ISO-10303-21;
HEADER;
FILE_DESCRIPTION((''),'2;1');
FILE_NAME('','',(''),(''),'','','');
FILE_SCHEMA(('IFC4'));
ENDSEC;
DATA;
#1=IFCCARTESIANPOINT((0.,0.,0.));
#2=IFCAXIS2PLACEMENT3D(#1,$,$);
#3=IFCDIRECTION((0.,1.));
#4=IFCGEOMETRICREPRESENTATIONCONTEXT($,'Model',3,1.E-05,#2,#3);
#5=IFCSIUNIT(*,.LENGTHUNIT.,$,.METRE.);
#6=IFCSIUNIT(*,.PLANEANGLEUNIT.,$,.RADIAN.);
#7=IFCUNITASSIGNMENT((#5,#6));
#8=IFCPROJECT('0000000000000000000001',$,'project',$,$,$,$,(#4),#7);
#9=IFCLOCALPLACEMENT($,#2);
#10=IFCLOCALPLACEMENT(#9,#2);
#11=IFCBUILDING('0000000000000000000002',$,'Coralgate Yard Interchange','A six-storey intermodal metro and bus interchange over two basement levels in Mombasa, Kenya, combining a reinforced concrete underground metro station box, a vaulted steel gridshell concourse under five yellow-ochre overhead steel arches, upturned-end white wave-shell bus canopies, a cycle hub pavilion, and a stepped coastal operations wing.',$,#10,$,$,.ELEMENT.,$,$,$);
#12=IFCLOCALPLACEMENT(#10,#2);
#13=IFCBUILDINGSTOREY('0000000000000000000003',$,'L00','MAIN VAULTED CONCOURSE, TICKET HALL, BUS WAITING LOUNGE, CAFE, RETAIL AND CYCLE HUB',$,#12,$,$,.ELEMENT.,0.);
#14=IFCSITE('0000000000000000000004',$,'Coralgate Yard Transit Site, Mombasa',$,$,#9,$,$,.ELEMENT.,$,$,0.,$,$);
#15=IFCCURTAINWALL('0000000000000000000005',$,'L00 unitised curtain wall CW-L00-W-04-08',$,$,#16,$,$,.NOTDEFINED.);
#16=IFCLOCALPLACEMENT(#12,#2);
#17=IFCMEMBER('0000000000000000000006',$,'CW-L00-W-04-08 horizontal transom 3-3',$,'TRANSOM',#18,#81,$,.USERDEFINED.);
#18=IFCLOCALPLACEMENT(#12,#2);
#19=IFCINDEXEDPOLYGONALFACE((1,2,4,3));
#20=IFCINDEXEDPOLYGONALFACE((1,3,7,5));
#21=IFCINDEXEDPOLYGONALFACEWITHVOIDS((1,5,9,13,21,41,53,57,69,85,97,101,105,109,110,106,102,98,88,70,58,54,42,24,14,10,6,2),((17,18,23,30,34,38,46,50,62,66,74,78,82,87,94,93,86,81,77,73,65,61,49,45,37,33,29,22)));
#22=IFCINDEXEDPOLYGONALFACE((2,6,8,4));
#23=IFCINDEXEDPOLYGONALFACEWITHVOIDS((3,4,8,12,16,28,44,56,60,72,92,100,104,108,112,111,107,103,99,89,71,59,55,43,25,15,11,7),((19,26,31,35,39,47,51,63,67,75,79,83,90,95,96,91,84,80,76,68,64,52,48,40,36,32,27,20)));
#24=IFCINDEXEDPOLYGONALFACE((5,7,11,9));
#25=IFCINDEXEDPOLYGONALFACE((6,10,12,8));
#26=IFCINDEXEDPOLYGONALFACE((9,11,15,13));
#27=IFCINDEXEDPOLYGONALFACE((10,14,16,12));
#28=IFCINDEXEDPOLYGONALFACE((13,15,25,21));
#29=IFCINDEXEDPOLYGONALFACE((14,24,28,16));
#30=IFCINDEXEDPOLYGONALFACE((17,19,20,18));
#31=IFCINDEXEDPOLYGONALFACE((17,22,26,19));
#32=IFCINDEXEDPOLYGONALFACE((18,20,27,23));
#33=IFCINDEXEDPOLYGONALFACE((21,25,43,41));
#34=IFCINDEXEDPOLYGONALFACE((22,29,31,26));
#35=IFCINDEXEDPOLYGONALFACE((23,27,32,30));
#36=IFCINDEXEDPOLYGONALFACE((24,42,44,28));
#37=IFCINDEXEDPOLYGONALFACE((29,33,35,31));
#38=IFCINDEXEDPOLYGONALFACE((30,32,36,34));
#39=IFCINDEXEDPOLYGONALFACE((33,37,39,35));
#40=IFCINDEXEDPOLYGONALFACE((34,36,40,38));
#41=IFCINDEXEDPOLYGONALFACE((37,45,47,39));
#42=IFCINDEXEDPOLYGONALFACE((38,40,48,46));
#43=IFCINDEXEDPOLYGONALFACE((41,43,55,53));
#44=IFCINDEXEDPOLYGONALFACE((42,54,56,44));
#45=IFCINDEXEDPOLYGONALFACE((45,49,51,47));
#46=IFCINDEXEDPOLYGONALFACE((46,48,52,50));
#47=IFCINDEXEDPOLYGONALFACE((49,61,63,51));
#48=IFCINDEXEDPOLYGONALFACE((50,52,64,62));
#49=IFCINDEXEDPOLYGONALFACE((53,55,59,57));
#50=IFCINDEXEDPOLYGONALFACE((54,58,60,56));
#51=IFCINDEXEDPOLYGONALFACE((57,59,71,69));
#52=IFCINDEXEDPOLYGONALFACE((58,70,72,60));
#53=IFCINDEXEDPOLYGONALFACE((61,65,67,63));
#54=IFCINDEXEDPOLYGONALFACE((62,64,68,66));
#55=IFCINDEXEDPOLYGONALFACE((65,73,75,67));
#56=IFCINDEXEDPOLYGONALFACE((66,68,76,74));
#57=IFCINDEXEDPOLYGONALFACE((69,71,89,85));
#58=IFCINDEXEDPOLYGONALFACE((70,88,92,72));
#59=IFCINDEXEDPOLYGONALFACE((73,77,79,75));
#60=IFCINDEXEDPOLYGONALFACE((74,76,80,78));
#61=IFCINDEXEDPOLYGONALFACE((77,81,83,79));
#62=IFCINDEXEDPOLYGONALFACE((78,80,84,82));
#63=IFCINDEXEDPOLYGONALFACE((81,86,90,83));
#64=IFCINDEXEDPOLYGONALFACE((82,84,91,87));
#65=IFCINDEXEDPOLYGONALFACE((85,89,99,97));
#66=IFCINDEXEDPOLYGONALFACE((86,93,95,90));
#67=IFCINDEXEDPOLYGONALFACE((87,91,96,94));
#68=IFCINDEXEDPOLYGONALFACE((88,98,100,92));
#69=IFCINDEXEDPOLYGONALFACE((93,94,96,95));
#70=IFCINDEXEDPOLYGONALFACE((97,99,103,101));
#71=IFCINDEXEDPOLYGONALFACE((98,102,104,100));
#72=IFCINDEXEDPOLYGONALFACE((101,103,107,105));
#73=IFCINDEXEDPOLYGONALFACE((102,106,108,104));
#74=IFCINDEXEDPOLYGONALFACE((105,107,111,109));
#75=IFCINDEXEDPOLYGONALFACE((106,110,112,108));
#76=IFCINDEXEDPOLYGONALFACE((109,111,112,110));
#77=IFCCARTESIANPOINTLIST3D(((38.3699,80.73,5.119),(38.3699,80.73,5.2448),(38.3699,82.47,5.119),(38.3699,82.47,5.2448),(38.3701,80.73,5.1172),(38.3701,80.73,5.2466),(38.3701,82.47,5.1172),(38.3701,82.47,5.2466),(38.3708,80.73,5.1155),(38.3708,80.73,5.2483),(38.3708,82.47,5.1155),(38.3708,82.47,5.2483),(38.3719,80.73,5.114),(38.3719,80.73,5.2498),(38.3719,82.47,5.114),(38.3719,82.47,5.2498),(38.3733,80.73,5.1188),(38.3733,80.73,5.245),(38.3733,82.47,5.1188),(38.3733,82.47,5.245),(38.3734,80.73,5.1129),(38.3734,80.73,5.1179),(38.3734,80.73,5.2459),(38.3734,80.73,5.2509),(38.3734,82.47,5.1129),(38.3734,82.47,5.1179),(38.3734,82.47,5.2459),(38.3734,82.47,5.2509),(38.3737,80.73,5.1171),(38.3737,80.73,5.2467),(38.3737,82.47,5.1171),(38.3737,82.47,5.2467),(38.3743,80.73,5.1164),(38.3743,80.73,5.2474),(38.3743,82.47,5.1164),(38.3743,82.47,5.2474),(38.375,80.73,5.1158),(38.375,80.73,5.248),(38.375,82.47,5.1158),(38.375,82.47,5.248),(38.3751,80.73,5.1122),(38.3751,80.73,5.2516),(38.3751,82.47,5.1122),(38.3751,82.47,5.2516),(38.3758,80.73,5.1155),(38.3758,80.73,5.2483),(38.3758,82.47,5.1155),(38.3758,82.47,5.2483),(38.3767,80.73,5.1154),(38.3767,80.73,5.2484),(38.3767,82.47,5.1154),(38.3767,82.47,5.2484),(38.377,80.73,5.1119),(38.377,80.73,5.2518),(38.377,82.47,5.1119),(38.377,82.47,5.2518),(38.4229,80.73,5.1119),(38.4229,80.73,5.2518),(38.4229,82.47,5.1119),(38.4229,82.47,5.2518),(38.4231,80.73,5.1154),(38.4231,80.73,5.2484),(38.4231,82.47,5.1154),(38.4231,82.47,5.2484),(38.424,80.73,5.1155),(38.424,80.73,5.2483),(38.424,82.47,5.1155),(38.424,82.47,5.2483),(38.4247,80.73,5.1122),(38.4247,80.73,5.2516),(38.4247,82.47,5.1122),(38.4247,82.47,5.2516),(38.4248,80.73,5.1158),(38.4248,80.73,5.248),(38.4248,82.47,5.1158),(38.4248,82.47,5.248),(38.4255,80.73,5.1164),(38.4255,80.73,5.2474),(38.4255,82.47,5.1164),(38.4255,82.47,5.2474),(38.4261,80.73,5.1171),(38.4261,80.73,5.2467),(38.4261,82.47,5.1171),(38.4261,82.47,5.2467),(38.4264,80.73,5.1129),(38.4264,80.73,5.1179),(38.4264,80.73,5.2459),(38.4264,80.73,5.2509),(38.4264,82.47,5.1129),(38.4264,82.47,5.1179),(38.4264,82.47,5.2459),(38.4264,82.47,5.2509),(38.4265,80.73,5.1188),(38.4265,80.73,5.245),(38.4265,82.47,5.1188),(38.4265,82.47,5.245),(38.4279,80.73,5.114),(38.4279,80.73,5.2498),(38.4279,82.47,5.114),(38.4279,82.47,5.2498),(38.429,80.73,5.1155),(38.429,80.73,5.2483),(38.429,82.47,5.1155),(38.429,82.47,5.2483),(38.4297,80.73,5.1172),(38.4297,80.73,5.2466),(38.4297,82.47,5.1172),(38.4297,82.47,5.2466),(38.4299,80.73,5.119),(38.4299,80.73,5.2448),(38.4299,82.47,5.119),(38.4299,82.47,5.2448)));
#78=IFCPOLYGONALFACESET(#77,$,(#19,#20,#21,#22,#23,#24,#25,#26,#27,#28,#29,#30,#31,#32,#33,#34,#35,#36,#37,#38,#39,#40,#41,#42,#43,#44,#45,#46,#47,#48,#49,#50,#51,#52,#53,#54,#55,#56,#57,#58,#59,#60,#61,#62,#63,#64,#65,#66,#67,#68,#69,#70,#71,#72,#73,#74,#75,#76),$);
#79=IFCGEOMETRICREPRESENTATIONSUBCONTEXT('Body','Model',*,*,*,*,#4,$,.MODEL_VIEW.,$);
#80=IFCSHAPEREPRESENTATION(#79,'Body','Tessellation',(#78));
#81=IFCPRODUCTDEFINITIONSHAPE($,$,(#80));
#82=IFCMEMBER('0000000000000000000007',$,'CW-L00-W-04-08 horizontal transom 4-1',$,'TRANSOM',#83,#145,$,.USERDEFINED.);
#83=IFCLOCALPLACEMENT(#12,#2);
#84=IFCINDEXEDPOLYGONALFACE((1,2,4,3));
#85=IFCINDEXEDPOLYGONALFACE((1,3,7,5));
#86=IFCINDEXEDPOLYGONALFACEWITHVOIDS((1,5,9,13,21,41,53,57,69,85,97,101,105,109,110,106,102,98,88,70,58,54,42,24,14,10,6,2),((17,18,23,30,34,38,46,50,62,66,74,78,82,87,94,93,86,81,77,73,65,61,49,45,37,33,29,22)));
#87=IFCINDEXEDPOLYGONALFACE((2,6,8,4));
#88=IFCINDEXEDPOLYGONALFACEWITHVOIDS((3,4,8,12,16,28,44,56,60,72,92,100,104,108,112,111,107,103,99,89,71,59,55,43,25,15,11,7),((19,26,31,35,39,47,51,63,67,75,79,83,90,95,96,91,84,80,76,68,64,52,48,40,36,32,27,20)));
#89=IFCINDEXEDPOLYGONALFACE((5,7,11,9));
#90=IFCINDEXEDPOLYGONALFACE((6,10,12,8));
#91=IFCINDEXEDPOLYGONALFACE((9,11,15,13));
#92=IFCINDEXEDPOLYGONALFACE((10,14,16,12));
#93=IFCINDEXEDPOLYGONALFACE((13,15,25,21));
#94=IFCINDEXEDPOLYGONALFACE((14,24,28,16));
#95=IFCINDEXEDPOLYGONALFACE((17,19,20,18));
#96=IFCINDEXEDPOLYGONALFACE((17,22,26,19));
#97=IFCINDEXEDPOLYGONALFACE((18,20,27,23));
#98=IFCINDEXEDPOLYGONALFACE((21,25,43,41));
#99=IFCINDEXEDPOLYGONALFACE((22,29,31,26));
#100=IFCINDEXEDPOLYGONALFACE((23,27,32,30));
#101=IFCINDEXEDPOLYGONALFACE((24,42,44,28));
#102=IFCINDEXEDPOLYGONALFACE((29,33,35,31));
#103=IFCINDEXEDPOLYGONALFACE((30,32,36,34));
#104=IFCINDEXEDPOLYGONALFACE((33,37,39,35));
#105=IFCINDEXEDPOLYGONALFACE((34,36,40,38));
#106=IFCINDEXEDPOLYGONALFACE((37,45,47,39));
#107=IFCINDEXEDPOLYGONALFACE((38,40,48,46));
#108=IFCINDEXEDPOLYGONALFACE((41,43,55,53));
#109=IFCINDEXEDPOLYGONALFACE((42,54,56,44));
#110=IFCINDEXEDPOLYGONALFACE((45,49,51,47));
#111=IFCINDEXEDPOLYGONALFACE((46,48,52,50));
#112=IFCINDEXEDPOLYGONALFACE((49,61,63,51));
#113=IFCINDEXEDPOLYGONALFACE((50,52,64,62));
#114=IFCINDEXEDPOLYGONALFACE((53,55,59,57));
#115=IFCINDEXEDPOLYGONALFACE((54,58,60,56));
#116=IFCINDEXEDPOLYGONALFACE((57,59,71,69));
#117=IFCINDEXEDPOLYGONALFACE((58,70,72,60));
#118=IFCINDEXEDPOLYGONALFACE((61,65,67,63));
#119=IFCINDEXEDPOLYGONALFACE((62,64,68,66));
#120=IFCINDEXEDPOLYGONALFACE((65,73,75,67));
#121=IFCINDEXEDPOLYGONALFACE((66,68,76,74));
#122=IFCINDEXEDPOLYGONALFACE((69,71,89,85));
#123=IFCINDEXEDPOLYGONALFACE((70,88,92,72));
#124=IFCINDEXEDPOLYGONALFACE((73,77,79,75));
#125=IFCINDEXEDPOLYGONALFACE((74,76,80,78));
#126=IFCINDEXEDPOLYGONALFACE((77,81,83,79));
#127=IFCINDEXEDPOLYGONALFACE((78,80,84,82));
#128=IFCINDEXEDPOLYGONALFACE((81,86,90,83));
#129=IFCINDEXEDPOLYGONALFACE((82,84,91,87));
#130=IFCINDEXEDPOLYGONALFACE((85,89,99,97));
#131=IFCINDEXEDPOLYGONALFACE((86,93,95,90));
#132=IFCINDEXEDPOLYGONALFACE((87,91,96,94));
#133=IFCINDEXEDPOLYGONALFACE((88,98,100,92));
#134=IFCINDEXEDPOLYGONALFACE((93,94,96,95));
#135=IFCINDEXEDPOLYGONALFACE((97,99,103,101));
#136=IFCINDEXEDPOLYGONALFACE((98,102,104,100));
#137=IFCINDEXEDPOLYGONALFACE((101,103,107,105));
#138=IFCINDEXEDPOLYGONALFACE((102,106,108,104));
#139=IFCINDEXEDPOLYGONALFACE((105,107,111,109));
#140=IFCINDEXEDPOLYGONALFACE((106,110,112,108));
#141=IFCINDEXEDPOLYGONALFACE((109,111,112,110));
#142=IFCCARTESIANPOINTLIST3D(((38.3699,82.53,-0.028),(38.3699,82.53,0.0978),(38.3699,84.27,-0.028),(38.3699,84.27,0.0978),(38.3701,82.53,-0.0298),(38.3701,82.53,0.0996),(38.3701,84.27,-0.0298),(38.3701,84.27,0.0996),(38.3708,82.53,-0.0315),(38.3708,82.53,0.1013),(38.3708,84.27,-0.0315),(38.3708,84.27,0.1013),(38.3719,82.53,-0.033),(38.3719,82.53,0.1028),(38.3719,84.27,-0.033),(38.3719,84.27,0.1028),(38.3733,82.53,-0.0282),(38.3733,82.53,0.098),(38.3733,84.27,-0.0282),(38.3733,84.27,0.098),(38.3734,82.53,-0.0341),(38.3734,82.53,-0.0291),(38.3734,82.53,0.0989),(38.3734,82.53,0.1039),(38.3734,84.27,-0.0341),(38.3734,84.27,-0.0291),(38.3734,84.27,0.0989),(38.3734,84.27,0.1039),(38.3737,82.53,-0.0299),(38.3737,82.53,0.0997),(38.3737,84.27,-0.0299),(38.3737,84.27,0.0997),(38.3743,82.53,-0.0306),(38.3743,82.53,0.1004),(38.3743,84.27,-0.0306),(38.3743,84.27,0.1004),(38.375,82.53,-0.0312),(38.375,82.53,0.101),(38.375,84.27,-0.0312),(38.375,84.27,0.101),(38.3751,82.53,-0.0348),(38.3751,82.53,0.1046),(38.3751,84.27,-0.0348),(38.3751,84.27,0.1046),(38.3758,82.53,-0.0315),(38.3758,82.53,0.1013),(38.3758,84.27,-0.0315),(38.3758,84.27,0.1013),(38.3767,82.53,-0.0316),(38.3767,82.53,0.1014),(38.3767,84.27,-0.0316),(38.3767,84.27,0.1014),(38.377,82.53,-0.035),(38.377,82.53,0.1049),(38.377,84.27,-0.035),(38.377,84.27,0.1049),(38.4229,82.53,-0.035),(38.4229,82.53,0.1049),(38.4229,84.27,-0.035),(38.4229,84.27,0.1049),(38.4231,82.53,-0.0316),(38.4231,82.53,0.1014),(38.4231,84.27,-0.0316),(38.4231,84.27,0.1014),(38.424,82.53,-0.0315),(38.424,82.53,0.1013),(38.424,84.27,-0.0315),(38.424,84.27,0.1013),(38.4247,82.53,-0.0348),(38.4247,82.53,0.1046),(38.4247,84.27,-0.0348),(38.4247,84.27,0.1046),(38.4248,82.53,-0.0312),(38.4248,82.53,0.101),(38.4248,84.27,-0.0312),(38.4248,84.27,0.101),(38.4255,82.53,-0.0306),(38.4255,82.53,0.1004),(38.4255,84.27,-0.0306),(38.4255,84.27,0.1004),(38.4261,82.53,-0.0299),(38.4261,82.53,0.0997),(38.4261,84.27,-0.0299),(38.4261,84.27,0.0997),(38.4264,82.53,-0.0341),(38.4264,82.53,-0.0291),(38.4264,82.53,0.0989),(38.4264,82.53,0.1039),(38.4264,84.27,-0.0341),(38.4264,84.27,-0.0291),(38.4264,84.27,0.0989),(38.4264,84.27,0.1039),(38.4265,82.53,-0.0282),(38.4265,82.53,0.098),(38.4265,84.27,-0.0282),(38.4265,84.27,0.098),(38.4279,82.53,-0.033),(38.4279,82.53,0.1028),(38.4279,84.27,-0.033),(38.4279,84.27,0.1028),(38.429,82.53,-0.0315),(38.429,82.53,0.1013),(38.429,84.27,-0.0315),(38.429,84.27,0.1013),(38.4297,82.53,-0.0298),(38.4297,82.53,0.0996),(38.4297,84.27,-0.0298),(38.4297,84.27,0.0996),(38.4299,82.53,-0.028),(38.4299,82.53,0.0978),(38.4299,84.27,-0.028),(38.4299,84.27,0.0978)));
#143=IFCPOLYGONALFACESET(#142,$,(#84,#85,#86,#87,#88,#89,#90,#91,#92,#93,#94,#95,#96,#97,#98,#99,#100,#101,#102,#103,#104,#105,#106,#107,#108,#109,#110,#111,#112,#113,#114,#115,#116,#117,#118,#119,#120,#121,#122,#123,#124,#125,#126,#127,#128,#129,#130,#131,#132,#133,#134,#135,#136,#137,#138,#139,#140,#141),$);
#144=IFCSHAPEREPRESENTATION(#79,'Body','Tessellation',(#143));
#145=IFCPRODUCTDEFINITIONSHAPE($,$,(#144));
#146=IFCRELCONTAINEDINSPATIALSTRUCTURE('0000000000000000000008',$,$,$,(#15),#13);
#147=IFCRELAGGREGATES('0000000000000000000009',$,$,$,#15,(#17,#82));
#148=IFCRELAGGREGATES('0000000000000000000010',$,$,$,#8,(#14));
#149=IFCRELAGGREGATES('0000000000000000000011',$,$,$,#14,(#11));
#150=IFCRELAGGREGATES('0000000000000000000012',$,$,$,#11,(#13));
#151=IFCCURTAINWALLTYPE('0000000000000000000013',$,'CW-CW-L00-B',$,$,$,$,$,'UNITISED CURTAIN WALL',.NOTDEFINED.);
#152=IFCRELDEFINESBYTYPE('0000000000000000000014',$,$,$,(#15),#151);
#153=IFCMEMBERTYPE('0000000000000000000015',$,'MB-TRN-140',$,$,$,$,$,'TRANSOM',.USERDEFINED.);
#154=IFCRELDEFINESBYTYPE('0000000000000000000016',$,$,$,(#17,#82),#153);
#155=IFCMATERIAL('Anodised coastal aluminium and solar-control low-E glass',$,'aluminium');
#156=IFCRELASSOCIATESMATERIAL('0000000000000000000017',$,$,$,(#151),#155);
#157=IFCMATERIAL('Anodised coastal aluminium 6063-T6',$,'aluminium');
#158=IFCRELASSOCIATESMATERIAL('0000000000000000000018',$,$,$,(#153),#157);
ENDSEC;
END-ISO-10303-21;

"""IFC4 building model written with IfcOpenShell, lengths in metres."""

from ifc_helpers import new_model, si_unit, direction, frame, origin, origin_2d, place, context, subcontext, project, spatial, hollow_rectangle, extrude, material, material_profile, profile_set, type_object, element, aggregate, save


model = new_model("IFC4")

# Units and contexts
model_context = context("Model", 3, precision=1e-05, world=origin(), true_north=direction((0.0, 1.0)))
body_context = subcontext(model_context, "Body", "Model", "MODEL_VIEW")
ifc_project = project(units=[si_unit("LENGTHUNIT", "METRE"), si_unit("PLANEANGLEUNIT", "RADIAN")], contexts=[model_context])

# Site, building, storey
site_placement = place(None, origin())
site = spatial("IfcSite", under=ifc_project, at=site_placement, Name="Coralgate Yard Transit Site, Mombasa", CompositionType="ELEMENT", RefElevation=0.0)
building_placement = place(site_placement, origin())
building = spatial("IfcBuilding", under=site, at=building_placement, Name="Coralgate Yard Interchange", Description="A six-storey intermodal metro and bus interchange over two basement levels in Mombasa, Kenya, combining a reinforced concrete underground metro station box, a vaulted steel gridshell concourse under five yellow-ochre overhead steel arches, upturned-end white wave-shell bus canopies, a cycle hub pavilion, and a stepped coastal operations wing.", CompositionType="ELEMENT")
storey_placement = place(building_placement, origin())
storey = spatial("IfcBuildingStorey", under=building, at=storey_placement, Name="L00", Description="MAIN VAULTED CONCOURSE, TICKET HALL, BUS WAITING LOUNGE, CAFE, RETAIL AND CYCLE HUB", CompositionType="ELEMENT", Elevation=0.0)

# Curtain wall
ifc_material_1 = material(Name="Anodised coastal aluminium and solar-control low-E glass", Category="aluminium")
curtain_wall_type_1 = type_object("IfcCurtainWallType", Name="CW-CW-L00-B", ElementType="UNITISED CURTAIN WALL", PredefinedType="NOTDEFINED", material=ifc_material_1)
curtain_wall_1_placement = place(storey_placement, origin())
curtain_wall_1 = element("IfcCurtainWall", 1, at=curtain_wall_1_placement, inside=storey, type_object=curtain_wall_type_1, Name="L00 unitised curtain wall CW-L00-W-04-08", PredefinedType="NOTDEFINED")
ifc_material_2 = material(Name="Anodised coastal aluminium 6063-T6", Category="aluminium")

# Members
ifc_material_profile_1 = material_profile(ifc_material_2, hollow_rectangle(XDim=0.0601, YDim=0.1399, WallThickness=0.0034, InnerFilletRadius=0.0034, OuterFilletRadius=0.0071, at=origin_2d()), Name="ALU 60x140x3.5")
ifc_profile_set_1 = profile_set([ifc_material_profile_1], Name="Anodised coastal aluminium 6063-T6")
member_type_1 = type_object("IfcMemberType", Name="MB-TRN-140", ElementType="TRANSOM", PredefinedType="USERDEFINED", material=ifc_profile_set_1)
member_1_placement = place(storey_placement, frame((38.3999, 80.73, 5.1819), z_axis=(0.0, 1.0, 0.0), x_axis=(-1.0, 0.0, 0.0)))
member_1 = element("IfcMember", 2, at=member_1_placement, type_object=member_type_1, Name="CW-L00-W-04-08 horizontal transom 3-3", ObjectType="TRANSOM", PredefinedType="USERDEFINED", context=body_context, shape_type="SweptSolid", body=[
    extrude(hollow_rectangle(XDim=0.0601, YDim=0.1399, WallThickness=0.0034, InnerFilletRadius=0.0034, OuterFilletRadius=0.0071, at=origin_2d()), origin(), (0.0, 0.0, 1.0), 1.74),
])
member_2_placement = place(storey_placement, frame((38.3999, 82.53, 0.0349), z_axis=(0.0, 1.0, 0.0), x_axis=(-1.0, 0.0, 0.0)))
member_2 = element("IfcMember", 3, at=member_2_placement, type_object=member_type_1, Name="CW-L00-W-04-08 horizontal transom 4-1", ObjectType="TRANSOM", PredefinedType="USERDEFINED", context=body_context, shape_type="SweptSolid", body=[
    extrude(hollow_rectangle(XDim=0.0601, YDim=0.1399, WallThickness=0.0034, InnerFilletRadius=0.0034, OuterFilletRadius=0.0071, at=origin_2d()), origin(), (0.0, 0.0, 1.0), 1.74),
])

aggregate(curtain_wall_1, [member_1, member_2])

save(model, "model.ifc")
